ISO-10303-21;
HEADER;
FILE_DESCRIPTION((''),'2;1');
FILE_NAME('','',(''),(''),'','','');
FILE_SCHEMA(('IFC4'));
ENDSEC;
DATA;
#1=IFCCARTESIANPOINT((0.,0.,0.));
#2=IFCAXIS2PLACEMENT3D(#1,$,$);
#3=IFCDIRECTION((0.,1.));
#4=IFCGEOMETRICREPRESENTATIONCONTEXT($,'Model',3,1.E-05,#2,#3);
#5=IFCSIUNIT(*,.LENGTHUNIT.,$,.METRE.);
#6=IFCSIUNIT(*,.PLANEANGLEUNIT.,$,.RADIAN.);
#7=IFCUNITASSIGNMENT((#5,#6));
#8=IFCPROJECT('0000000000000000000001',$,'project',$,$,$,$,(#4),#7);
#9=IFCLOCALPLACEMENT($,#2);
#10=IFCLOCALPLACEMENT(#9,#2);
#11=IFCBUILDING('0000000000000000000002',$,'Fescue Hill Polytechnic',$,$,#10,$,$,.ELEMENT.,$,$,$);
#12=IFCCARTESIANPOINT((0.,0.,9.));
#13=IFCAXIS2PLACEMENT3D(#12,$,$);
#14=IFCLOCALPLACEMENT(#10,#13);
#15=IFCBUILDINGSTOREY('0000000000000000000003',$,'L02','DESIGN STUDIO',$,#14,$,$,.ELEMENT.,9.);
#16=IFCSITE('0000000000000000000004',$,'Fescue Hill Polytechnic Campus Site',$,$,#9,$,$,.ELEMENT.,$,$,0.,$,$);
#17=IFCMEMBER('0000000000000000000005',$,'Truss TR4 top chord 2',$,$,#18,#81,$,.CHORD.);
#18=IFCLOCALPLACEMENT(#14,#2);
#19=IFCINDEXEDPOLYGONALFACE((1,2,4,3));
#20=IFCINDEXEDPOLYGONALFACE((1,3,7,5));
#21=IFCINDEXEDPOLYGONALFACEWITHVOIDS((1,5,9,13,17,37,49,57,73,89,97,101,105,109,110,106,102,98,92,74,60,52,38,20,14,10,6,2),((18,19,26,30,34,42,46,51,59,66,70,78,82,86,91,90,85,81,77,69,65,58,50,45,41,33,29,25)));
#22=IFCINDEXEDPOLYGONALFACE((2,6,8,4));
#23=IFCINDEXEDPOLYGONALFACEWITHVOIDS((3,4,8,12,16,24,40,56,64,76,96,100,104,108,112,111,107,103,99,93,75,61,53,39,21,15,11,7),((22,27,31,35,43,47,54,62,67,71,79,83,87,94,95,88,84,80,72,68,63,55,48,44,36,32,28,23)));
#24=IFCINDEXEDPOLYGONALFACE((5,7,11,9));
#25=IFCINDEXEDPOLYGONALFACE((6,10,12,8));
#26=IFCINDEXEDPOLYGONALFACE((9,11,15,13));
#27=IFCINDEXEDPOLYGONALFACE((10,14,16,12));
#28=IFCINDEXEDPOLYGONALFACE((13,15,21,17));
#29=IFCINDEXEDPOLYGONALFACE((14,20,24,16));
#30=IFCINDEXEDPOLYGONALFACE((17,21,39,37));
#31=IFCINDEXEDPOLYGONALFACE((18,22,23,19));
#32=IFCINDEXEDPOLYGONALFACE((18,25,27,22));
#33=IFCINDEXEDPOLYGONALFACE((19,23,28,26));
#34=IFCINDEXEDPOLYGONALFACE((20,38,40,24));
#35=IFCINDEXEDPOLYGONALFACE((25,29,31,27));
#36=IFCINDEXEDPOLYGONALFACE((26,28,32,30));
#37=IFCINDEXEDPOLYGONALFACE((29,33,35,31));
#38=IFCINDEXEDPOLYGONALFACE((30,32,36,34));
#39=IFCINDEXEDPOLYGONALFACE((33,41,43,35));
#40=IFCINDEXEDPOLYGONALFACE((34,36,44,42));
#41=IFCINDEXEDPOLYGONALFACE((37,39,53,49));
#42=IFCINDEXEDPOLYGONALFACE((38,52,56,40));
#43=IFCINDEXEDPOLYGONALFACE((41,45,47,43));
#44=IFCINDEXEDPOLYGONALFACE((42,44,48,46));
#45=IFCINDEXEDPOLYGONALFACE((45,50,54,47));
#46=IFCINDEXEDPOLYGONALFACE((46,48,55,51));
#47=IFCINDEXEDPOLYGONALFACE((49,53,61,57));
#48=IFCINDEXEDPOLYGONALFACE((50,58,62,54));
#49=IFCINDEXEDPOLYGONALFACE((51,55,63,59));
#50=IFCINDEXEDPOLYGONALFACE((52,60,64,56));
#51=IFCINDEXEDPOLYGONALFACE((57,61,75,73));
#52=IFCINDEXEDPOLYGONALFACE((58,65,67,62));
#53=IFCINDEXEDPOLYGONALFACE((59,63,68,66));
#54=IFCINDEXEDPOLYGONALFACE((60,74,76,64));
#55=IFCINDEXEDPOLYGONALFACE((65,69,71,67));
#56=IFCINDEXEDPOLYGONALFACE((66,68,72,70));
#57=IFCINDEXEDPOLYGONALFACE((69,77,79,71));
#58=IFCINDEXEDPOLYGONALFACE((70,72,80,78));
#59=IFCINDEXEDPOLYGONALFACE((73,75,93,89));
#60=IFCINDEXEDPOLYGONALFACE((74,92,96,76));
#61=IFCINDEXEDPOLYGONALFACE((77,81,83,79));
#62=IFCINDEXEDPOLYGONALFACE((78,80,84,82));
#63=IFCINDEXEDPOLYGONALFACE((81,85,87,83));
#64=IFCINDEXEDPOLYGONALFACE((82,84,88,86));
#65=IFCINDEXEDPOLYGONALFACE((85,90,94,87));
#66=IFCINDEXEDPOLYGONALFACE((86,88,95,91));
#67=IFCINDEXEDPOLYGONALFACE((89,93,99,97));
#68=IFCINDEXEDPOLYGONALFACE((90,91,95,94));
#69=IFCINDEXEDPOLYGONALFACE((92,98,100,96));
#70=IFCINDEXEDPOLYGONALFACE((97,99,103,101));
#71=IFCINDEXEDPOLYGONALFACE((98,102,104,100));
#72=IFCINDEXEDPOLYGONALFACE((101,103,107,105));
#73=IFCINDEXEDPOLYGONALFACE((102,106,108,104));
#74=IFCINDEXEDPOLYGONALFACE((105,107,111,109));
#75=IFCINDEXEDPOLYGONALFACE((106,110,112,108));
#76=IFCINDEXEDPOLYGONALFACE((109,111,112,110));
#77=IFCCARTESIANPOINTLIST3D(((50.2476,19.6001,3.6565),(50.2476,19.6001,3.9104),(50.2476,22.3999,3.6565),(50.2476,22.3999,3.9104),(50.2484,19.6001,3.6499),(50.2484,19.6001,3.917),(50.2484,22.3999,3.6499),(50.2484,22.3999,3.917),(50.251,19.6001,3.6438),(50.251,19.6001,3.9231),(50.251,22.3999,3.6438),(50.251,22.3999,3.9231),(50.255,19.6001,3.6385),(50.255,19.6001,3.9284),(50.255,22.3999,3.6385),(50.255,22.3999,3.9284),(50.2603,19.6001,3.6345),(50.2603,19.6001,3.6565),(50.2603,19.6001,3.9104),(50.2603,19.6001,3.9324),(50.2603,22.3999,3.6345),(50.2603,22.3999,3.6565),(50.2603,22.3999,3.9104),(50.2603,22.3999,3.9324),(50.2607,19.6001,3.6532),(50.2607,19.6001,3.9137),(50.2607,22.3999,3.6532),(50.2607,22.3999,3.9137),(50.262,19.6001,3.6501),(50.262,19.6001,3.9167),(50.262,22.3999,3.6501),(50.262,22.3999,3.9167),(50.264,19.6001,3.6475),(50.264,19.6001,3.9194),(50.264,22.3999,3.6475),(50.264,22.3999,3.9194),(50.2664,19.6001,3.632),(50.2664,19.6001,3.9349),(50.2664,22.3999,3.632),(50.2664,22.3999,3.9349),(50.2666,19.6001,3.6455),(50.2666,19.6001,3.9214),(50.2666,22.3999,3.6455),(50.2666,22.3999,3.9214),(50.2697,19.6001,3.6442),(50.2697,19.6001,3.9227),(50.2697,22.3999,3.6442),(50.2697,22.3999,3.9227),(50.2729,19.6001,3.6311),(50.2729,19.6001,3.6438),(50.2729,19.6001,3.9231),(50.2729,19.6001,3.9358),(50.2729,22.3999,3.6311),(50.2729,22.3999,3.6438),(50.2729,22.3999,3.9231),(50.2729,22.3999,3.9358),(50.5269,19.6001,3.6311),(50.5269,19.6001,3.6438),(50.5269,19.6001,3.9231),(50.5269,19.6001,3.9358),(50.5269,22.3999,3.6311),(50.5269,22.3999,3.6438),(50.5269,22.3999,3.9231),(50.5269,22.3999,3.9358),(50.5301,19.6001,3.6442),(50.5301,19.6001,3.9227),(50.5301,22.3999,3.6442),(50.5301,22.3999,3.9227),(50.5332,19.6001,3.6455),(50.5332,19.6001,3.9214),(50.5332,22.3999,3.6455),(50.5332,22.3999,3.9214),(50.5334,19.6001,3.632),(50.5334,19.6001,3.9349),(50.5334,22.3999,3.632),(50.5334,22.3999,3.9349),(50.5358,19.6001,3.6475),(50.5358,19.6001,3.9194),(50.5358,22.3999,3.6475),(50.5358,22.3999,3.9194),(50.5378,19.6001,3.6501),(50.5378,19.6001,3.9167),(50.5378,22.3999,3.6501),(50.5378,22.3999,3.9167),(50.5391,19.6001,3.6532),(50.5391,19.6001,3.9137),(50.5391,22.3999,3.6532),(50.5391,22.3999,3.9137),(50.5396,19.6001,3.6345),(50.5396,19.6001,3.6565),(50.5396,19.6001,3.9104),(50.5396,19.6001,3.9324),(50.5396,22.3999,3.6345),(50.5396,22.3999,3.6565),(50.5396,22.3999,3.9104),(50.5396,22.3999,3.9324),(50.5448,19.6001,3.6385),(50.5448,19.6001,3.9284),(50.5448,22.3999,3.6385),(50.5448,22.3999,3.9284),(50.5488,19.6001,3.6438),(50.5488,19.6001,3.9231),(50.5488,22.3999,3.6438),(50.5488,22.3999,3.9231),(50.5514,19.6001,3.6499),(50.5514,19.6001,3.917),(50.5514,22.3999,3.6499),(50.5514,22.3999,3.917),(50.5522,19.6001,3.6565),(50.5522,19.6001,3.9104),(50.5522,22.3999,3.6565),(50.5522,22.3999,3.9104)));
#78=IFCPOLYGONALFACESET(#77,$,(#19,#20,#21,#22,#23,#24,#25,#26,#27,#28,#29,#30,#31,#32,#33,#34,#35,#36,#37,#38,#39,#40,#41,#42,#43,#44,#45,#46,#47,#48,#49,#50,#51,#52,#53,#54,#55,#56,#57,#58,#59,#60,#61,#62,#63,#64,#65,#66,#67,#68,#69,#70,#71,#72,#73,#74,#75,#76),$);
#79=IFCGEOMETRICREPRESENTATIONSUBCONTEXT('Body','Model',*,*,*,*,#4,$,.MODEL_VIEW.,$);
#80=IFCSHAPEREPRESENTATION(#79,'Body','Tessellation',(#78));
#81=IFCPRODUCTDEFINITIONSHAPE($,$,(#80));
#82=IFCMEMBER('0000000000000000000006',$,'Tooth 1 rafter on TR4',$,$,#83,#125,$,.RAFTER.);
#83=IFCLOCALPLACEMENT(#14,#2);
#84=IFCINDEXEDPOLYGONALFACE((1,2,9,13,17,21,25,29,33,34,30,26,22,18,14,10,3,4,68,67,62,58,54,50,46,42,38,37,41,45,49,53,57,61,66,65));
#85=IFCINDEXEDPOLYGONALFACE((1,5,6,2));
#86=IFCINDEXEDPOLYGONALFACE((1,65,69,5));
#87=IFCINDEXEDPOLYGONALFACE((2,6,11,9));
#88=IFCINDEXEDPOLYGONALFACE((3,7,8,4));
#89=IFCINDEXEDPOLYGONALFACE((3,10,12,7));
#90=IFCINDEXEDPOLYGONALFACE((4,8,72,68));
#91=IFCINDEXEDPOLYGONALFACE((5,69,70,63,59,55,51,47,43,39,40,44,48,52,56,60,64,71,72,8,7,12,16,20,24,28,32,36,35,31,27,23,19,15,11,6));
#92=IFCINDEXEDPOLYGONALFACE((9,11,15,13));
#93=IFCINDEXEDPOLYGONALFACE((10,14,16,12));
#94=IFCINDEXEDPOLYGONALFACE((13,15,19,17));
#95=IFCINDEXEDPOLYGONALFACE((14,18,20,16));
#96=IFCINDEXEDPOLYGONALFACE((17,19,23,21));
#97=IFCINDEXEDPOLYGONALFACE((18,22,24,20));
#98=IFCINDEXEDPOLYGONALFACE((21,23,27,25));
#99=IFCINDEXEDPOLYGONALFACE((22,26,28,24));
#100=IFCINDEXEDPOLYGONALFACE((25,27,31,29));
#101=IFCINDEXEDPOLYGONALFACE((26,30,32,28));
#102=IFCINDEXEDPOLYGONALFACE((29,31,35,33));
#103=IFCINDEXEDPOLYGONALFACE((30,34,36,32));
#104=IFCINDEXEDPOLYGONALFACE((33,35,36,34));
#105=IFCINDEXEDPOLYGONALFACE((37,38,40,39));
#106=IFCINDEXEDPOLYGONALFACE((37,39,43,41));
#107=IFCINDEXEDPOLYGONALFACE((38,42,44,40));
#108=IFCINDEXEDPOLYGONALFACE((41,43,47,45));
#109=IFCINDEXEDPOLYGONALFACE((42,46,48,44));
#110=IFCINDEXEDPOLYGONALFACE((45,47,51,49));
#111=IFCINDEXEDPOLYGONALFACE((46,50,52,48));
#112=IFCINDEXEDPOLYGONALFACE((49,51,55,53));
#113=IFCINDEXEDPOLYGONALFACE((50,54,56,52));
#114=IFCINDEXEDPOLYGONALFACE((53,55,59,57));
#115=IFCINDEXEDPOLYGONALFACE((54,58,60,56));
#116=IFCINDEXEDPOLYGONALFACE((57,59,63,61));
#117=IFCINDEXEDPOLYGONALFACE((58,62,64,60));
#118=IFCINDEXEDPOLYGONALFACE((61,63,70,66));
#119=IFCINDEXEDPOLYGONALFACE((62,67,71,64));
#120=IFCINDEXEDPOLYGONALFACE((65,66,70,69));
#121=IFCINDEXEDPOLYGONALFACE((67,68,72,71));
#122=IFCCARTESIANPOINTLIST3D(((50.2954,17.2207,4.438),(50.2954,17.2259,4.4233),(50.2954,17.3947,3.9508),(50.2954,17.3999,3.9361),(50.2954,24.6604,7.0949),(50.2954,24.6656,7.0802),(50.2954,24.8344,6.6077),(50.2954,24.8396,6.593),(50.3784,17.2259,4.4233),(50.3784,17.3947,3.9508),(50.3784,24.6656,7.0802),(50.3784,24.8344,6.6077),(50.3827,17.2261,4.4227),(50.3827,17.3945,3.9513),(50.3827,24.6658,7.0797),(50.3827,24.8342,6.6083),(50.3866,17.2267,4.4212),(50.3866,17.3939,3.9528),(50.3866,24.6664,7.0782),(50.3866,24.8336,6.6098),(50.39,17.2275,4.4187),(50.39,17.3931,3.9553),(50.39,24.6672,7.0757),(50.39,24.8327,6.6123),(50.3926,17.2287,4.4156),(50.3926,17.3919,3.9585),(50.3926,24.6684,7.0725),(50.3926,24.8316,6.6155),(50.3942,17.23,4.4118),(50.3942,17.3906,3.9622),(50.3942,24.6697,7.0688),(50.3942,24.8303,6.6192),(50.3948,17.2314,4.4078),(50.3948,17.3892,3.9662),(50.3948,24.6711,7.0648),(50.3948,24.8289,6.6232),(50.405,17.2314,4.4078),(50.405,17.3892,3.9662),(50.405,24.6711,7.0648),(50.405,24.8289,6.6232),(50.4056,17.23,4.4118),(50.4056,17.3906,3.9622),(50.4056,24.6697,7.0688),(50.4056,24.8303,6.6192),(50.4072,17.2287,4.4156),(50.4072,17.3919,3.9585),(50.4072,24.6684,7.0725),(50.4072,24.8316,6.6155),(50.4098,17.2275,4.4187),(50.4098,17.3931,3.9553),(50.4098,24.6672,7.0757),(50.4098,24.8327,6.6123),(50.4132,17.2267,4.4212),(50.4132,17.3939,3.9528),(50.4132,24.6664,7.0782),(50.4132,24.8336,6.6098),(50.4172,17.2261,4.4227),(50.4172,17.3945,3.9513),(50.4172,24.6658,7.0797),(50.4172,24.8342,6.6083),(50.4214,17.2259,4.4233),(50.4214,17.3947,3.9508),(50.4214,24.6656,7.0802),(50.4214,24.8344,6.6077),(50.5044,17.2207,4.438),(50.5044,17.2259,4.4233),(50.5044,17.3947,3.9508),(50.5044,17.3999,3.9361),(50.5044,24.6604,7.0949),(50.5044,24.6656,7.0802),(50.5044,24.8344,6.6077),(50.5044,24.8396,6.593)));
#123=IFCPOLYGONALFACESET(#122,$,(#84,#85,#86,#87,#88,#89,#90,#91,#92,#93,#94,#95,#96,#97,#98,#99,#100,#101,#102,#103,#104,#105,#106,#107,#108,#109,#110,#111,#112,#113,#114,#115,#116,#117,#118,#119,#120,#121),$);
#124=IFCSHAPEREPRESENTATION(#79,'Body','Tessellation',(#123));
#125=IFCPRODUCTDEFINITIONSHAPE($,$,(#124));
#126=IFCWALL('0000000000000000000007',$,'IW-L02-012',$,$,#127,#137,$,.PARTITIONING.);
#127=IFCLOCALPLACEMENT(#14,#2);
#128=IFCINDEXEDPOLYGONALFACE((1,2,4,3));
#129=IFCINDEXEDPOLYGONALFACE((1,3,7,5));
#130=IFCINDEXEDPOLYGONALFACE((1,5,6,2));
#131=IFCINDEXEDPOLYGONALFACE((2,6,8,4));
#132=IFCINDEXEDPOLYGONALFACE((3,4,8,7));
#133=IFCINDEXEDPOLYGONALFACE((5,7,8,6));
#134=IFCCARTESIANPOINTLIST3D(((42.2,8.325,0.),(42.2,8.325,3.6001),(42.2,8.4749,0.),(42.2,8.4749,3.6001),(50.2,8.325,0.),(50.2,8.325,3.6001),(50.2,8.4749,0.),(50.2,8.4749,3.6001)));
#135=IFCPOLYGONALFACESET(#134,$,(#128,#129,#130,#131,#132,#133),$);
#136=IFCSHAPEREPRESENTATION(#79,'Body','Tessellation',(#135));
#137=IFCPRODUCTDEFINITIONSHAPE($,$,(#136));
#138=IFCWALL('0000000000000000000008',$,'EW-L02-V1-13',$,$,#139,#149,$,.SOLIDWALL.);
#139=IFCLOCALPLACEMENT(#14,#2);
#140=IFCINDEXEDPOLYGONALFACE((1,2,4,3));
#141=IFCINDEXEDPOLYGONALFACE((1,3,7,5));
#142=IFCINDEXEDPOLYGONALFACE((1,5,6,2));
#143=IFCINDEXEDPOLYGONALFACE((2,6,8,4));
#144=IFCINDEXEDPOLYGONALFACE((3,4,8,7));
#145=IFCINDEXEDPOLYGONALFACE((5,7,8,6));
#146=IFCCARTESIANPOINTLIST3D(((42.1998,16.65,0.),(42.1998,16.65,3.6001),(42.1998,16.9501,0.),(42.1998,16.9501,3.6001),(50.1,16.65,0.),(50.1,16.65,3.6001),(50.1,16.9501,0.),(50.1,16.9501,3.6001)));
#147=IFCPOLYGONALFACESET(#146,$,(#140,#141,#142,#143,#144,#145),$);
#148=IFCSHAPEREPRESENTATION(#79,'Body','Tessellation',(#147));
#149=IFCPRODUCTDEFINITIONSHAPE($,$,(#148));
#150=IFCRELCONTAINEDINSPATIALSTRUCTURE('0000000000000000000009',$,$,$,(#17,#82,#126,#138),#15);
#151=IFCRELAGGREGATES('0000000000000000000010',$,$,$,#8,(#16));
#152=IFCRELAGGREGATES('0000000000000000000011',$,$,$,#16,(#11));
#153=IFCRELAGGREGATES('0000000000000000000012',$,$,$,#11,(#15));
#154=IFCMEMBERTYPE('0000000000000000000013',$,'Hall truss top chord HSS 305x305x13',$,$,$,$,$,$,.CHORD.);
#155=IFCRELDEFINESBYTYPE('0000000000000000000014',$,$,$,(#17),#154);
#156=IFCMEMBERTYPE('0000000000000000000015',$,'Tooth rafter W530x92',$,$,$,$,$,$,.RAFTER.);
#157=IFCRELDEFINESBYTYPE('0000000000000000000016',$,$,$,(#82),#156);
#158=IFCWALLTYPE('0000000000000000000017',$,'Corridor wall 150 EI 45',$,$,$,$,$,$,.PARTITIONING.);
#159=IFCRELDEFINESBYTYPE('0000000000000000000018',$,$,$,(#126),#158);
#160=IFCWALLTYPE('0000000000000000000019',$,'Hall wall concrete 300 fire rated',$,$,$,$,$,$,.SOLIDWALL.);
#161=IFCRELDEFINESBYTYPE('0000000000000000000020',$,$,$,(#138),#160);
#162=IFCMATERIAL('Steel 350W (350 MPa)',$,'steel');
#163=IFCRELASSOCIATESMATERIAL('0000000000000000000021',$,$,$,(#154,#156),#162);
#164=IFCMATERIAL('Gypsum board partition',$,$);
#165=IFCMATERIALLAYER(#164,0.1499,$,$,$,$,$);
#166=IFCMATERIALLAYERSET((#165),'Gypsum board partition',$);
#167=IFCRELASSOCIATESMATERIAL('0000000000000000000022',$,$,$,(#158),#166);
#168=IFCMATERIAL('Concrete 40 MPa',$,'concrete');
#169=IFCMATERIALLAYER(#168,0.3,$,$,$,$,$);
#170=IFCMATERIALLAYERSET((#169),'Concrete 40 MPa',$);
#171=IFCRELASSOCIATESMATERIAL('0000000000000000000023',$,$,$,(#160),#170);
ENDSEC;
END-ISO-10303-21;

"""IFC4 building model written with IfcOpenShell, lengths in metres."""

from ifc_helpers import new_model, si_unit, direction, frame, frame_2d, origin, origin_2d, place, context, subcontext, project, spatial, rectangle, hollow_rectangle, i_section, extrude, material, layer, layer_set, material_profile, profile_set, type_object, element, save


model = new_model("IFC4")

# Units and contexts
model_context = context("Model", 3, precision=1e-05, world=origin(), true_north=direction((0.0, 1.0)))
body_context = subcontext(model_context, "Body", "Model", "MODEL_VIEW")
ifc_project = project(units=[si_unit("LENGTHUNIT", "METRE"), si_unit("PLANEANGLEUNIT", "RADIAN")], contexts=[model_context])

# Site, building, storey
site_placement = place(None, origin())
site = spatial("IfcSite", under=ifc_project, at=site_placement, Name="Fescue Hill Polytechnic Campus Site", CompositionType="ELEMENT", RefElevation=0.0)
building_placement = place(site_placement, origin())
building = spatial("IfcBuilding", under=site, at=building_placement, Name="Fescue Hill Polytechnic", CompositionType="ELEMENT")
storey_placement = place(building_placement, frame((0.0, 0.0, 9.0)))
storey = spatial("IfcBuildingStorey", under=building, at=storey_placement, Name="L02", Description="DESIGN STUDIO", CompositionType="ELEMENT", Elevation=9.0)

# Shared definitions
ifc_material_1 = material(Name="Concrete 40 MPa", Category="concrete")

# Members
ifc_material_2 = material(Name="Steel 350W (350 MPa)", Category="steel")
ifc_material_profile_1 = material_profile(ifc_material_2, hollow_rectangle(XDim=0.3047, YDim=0.3047, WallThickness=0.0127, InnerFilletRadius=0.0127, OuterFilletRadius=0.0254, at=origin_2d()), Name="Hall truss top chord HSS 305x305x13")
ifc_profile_set_1 = profile_set([ifc_material_profile_1], Name="Steel 350W (350 MPa)")
member_type_1 = type_object("IfcMemberType", Name="Hall truss top chord HSS 305x305x13", PredefinedType="CHORD", material=ifc_profile_set_1)
member_1_placement = place(storey_placement, frame((50.3999, 19.6001, 3.7834), z_axis=(0.0, 1.0, 0.0), x_axis=(-1.0, 0.0, 0.0)))
element("IfcMember", 1, at=member_1_placement, inside=storey, type_object=member_type_1, Name="Truss TR4 top chord 2", PredefinedType="CHORD", context=body_context, shape_type="SweptSolid", body=[
    extrude(hollow_rectangle(XDim=0.3047, YDim=0.3047, WallThickness=0.0127, InnerFilletRadius=0.0127, OuterFilletRadius=0.0254, at=origin_2d()), origin(), (0.0, 0.0, 1.0), 2.7998),
])
ifc_material_profile_2 = material_profile(ifc_material_2, i_section(OverallWidth=0.209, OverallDepth=0.533, WebThickness=0.0103, FlangeThickness=0.0156, FilletRadius=0.0164, at=origin_2d()), Name="W530x92")
ifc_profile_set_2 = profile_set([ifc_material_profile_2], Name="Steel 350W (350 MPa)")
member_type_2 = type_object("IfcMemberType", Name="Tooth rafter W530x92", PredefinedType="RAFTER", material=ifc_profile_set_2)
member_2_placement = place(storey_placement, frame((50.3999, 17.3103, 4.187), z_axis=(0.0, 0.941744, 0.336331), x_axis=(-1.0, 0.0, 0.0)))
element("IfcMember", 2, at=member_2_placement, inside=storey, type_object=member_type_2, Name="Tooth 1 rafter on TR4", PredefinedType="RAFTER", context=body_context, shape_type="SweptSolid", body=[
    extrude(i_section(OverallWidth=0.209, OverallDepth=0.533, WebThickness=0.0103, FlangeThickness=0.0156, FilletRadius=0.0164, at=origin_2d()), origin(), (0.0, 0.0, 1.0), 7.8999),
])

# Walls
ifc_material_3 = material(Name="Gypsum board partition")
ifc_layer_1 = layer(ifc_material_3, 0.1499)
ifc_layer_set_1 = layer_set([ifc_layer_1], Name="Gypsum board partition")
wall_type_1 = type_object("IfcWallType", Name="Corridor wall 150 EI 45", PredefinedType="PARTITIONING", material=ifc_layer_set_1)
wall_1_placement = place(storey_placement, frame((42.2, 8.3999, 0.0), z_axis=(0.0, 0.0, 1.0), x_axis=(1.0, 0.0, 0.0)))
element("IfcWall", 3, at=wall_1_placement, inside=storey, type_object=wall_type_1, Name="IW-L02-012", PredefinedType="PARTITIONING", context=body_context, shape_type="SweptSolid", body=[
    extrude(rectangle(XDim=8.0, YDim=0.1499, at=frame_2d((4.0, 0.0))), origin(), (0.0, 0.0, 1.0), 3.6001),
])
ifc_layer_2 = layer(ifc_material_1, 0.3)
ifc_layer_set_2 = layer_set([ifc_layer_2], Name="Concrete 40 MPa")
wall_type_2 = type_object("IfcWallType", Name="Hall wall concrete 300 fire rated", PredefinedType="SOLIDWALL", material=ifc_layer_set_2)
wall_2_placement = place(storey_placement, frame((50.1001, 16.8, 0.0), z_axis=(0.0, 0.0, 1.0), x_axis=(-1.0, 0.0, 0.0)))
element("IfcWall", 4, at=wall_2_placement, inside=storey, type_object=wall_type_2, Name="EW-L02-V1-13", PredefinedType="SOLIDWALL", context=body_context, shape_type="SweptSolid", body=[
    extrude(rectangle(XDim=7.9001, YDim=0.3, at=frame_2d((3.9502, 0.0))), origin(), (0.0, 0.0, 1.0), 3.6001),
])

save(model, "model.ifc")
